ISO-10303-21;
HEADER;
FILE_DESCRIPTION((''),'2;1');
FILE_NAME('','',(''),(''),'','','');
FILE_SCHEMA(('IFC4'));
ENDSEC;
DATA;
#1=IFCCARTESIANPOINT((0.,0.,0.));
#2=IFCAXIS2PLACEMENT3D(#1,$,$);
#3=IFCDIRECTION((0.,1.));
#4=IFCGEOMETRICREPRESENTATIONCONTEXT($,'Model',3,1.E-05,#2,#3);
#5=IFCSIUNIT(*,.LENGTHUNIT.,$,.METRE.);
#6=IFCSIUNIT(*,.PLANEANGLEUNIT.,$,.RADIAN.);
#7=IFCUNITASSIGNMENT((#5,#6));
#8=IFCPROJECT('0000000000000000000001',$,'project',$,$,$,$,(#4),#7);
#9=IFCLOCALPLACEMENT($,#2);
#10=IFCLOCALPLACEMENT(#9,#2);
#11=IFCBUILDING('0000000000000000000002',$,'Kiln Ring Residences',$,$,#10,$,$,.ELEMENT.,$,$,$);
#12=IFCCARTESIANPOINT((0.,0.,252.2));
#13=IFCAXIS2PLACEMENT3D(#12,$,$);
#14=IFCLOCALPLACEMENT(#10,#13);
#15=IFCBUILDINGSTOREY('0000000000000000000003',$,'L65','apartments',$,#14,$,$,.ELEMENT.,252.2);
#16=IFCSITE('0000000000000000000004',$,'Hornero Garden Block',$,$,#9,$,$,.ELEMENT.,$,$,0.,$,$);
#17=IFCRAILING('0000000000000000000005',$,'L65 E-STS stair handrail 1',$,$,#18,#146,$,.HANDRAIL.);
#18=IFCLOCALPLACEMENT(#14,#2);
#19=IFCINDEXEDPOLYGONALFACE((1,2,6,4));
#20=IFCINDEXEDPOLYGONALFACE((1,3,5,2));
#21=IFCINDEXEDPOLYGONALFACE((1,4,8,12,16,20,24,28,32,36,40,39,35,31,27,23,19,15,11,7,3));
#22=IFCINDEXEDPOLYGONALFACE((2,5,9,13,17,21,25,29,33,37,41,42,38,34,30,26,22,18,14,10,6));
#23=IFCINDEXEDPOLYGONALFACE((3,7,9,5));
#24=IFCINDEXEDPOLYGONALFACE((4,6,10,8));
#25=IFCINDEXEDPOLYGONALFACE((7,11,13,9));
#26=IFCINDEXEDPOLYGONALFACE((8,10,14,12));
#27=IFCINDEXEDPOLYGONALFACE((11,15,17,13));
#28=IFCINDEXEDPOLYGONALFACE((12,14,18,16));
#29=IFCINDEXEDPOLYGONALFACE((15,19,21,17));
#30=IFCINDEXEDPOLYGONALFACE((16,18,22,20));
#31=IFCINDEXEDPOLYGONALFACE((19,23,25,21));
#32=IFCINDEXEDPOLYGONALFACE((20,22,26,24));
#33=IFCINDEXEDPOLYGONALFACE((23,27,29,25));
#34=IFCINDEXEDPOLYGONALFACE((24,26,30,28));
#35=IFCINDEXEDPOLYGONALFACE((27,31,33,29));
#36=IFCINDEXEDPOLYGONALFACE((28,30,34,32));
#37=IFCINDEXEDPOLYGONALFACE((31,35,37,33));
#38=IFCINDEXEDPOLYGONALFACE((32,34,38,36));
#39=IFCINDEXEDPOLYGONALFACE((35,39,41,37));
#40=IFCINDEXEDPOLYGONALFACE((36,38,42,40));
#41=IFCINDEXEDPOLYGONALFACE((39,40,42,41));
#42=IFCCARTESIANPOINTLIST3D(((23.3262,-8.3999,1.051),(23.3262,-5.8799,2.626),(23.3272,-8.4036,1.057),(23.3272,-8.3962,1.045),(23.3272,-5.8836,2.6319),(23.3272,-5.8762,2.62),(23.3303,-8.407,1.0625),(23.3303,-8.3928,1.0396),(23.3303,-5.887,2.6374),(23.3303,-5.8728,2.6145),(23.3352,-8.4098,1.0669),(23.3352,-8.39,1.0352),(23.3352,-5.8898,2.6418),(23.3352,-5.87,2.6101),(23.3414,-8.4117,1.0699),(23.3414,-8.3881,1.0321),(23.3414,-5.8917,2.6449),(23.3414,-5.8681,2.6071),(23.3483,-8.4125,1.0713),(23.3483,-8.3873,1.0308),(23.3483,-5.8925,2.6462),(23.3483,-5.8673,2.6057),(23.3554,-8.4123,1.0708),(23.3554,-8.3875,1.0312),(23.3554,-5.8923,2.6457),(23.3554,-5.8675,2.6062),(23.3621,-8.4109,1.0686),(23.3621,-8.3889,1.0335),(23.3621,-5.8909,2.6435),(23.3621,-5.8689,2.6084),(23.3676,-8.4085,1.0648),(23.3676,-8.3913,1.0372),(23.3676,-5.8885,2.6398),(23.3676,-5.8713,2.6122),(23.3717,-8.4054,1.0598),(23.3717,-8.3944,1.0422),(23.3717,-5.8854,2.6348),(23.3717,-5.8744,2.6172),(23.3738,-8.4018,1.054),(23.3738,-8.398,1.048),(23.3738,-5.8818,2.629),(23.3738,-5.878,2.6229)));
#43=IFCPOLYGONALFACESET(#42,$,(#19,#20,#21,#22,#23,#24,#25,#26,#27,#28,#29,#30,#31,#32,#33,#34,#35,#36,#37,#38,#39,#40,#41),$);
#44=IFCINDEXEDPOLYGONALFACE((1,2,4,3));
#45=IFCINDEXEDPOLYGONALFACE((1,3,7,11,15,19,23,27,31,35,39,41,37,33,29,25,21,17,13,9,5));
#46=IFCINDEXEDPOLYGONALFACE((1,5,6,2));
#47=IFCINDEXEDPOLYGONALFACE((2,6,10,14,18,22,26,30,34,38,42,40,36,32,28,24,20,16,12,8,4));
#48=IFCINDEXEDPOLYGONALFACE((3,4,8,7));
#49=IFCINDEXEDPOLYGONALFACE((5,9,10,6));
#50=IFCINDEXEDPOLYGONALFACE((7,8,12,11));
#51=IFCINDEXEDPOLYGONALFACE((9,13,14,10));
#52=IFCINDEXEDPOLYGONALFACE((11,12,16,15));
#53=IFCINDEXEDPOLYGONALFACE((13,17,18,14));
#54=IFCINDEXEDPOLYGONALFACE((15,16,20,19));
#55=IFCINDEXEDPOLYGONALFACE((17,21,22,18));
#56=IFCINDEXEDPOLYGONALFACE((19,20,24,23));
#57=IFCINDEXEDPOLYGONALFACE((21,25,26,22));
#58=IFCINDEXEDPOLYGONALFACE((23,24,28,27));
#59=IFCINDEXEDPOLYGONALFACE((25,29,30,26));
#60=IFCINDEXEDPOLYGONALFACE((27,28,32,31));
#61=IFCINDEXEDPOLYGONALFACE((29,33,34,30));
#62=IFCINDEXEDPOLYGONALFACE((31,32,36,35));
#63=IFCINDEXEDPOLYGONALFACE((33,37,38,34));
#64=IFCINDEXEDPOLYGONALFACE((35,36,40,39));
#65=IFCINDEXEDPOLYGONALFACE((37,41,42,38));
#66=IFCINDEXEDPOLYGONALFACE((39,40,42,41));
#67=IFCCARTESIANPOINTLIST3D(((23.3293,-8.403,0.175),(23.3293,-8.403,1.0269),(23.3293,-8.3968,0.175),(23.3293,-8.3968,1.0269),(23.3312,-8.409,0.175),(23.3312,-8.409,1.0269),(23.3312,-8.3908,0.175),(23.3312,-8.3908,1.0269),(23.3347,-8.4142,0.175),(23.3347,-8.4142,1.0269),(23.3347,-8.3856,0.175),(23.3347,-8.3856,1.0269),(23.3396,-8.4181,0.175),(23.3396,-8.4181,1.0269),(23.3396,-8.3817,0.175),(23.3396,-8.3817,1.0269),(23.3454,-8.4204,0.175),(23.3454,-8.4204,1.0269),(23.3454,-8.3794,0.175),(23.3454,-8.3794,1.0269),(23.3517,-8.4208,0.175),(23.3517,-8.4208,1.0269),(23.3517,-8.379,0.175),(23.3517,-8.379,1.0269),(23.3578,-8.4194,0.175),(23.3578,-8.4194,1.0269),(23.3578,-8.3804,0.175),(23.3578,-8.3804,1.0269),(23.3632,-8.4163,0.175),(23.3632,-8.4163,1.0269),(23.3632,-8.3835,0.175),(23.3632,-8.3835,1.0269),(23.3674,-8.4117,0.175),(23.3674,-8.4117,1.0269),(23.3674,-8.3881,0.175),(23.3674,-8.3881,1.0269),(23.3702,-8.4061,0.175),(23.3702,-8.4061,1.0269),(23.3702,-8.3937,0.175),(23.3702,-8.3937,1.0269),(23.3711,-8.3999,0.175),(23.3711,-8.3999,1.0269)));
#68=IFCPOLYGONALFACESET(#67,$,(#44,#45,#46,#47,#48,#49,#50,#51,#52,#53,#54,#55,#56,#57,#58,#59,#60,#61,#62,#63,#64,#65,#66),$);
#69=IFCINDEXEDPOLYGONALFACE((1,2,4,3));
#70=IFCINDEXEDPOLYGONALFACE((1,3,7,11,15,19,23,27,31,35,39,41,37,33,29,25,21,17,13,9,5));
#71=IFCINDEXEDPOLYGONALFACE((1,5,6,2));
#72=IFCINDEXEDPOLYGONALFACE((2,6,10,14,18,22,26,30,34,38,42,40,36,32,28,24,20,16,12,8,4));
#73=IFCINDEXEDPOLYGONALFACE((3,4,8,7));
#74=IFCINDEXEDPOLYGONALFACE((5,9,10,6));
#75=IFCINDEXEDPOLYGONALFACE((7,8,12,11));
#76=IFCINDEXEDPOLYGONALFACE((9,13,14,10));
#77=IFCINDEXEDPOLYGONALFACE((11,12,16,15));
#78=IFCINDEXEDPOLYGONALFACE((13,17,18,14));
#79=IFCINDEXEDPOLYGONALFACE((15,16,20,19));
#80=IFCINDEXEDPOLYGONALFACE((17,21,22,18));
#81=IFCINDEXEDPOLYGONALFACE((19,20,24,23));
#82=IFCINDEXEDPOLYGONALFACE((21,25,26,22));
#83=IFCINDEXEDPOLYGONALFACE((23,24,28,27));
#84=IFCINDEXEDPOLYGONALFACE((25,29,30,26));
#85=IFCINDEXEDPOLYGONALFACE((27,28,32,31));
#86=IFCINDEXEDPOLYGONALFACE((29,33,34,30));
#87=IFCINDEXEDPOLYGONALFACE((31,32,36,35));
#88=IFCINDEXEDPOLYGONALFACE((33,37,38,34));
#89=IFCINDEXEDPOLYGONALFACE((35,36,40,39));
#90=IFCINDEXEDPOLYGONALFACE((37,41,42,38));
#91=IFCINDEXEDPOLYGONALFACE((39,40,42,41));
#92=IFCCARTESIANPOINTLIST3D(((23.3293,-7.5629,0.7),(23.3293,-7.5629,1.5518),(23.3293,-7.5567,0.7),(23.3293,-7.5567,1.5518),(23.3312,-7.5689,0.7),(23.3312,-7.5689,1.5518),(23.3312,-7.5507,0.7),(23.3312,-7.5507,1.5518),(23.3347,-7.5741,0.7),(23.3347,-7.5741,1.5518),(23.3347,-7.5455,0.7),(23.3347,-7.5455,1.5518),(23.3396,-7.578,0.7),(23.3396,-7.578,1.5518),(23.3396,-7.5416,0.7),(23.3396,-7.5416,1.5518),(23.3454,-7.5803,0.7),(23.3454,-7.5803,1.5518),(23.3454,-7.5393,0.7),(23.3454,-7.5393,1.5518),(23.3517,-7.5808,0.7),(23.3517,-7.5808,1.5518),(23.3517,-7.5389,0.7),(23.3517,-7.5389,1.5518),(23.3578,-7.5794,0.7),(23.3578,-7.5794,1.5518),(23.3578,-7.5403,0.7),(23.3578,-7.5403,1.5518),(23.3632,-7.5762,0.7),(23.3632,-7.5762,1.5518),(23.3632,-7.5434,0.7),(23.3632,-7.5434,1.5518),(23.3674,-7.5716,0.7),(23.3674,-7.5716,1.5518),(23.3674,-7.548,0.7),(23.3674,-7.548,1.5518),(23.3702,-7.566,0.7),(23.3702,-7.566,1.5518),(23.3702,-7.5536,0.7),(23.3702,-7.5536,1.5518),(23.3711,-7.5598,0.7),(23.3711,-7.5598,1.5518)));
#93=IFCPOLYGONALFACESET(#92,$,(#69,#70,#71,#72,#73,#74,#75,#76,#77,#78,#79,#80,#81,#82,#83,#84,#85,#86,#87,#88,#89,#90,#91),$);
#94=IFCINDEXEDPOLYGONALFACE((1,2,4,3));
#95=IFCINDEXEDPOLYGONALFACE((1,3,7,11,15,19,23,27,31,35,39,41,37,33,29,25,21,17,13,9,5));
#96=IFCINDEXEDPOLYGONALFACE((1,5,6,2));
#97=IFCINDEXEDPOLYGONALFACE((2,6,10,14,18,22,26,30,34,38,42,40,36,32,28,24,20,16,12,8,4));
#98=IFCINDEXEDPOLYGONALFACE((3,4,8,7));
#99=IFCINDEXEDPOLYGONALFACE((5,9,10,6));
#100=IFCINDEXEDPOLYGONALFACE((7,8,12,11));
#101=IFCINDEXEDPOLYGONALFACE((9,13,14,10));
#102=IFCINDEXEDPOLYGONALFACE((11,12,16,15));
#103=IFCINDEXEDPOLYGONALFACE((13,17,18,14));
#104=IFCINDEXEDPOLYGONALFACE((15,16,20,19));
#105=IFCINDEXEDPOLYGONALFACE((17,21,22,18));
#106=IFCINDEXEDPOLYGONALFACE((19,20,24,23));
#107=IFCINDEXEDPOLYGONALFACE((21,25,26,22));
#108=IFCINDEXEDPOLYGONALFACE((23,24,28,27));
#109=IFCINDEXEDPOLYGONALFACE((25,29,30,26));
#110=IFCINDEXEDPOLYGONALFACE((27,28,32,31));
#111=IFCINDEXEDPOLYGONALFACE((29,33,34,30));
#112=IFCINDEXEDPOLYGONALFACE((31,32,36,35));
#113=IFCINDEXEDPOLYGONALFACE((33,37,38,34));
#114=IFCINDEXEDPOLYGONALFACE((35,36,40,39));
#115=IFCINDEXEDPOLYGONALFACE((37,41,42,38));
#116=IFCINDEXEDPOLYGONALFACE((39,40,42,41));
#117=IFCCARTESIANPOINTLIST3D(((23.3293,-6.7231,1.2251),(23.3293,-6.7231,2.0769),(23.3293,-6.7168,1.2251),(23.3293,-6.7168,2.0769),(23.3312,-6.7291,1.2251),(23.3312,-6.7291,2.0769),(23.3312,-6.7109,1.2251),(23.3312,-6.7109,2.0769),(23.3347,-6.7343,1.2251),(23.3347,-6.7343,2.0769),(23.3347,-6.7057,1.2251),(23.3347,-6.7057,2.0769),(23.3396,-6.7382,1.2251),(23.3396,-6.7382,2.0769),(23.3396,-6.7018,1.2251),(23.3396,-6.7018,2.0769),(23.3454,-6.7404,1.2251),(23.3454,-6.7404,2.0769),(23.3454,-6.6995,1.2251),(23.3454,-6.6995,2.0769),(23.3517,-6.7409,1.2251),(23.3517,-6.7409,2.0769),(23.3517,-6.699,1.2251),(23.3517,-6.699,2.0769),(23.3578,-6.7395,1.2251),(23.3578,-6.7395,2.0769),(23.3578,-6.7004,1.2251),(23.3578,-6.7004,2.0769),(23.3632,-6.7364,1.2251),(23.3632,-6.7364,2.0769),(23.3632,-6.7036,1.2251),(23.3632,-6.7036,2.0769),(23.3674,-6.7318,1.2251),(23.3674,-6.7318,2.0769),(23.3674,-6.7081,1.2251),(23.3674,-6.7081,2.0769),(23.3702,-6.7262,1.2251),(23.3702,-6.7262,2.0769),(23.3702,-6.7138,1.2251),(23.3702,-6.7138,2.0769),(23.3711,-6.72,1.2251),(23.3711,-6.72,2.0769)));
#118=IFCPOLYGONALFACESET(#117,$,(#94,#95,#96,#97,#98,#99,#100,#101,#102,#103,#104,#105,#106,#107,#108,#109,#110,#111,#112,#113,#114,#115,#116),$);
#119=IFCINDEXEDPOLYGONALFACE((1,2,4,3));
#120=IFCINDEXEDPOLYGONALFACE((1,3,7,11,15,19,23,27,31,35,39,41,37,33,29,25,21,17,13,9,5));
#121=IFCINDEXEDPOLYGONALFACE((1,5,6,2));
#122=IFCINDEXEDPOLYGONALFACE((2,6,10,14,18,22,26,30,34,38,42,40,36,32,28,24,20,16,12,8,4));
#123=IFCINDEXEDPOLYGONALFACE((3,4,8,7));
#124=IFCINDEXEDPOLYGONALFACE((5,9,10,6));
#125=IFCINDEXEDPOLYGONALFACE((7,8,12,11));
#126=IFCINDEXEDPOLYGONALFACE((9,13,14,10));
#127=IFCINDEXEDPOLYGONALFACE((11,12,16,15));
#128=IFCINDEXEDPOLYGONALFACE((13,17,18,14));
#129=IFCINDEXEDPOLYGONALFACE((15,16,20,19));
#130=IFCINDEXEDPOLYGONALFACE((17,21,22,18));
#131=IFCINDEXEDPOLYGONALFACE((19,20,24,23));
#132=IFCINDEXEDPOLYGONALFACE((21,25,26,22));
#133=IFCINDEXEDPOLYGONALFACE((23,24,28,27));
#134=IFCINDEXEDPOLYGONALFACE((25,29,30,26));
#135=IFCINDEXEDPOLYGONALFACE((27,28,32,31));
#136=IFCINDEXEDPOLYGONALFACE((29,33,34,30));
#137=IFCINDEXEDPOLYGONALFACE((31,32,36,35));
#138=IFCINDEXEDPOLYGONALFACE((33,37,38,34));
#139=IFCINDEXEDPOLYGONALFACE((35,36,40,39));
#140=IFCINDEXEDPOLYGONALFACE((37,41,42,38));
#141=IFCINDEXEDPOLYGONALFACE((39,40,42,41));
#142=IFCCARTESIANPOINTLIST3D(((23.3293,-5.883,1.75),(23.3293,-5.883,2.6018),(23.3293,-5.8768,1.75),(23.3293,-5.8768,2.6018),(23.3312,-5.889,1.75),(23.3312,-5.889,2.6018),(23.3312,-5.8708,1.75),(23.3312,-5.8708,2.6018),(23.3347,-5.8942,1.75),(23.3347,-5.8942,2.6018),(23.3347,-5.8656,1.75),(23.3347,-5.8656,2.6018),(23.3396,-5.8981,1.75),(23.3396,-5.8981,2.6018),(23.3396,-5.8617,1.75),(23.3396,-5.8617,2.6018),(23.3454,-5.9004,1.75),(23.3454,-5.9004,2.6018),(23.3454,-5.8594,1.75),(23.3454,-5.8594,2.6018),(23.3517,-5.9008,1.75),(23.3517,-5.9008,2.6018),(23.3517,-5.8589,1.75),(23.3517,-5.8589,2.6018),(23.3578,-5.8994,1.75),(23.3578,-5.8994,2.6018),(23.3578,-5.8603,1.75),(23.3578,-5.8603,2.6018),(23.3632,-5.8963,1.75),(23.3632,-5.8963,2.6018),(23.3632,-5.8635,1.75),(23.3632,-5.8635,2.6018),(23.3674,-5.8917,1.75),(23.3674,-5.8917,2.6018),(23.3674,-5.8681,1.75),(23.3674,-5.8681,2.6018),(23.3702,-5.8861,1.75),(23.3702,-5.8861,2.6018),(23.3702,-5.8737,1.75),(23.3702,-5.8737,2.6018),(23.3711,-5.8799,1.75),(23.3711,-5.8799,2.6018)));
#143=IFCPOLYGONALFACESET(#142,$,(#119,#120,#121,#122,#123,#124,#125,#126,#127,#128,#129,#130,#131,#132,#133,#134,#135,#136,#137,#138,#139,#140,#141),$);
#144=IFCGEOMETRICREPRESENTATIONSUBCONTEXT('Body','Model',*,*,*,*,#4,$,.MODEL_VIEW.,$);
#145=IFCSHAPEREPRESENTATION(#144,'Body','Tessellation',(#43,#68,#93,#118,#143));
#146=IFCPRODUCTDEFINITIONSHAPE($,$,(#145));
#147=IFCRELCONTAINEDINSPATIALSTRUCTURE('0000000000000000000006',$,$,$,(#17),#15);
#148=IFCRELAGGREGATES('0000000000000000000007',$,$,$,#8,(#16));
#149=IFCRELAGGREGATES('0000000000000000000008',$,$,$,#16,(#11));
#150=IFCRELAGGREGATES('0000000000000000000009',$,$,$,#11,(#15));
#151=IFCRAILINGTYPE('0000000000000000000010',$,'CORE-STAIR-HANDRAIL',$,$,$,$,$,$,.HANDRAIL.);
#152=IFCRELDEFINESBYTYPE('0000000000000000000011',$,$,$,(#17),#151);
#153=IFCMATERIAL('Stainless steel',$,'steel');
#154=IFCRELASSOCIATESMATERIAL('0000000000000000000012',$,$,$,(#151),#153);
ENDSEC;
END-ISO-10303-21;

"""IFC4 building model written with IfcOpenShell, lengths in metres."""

from ifc_helpers import new_model, si_unit, direction, frame, origin, origin_2d, place, context, subcontext, project, spatial, circle, extrude, material, type_object, element, save


model = new_model("IFC4")

# Units and contexts
model_context = context("Model", 3, precision=1e-05, world=origin(), true_north=direction((0.0, 1.0)))
body_context = subcontext(model_context, "Body", "Model", "MODEL_VIEW")
ifc_project = project(units=[si_unit("LENGTHUNIT", "METRE"), si_unit("PLANEANGLEUNIT", "RADIAN")], contexts=[model_context])

# Site, building, storey
site_placement = place(None, origin())
site = spatial("IfcSite", under=ifc_project, at=site_placement, Name="Hornero Garden Block", CompositionType="ELEMENT", RefElevation=0.0)
building_placement = place(site_placement, origin())
building = spatial("IfcBuilding", under=site, at=building_placement, Name="Kiln Ring Residences", CompositionType="ELEMENT")
storey_placement = place(building_placement, frame((0.0, 0.0, 252.2)))
storey = spatial("IfcBuildingStorey", under=building, at=storey_placement, Name="L65", Description="apartments", CompositionType="ELEMENT", Elevation=252.2)

# Railing
ifc_material_1 = material(Name="Stainless steel", Category="steel")
railing_type_1 = type_object("IfcRailingType", Name="CORE-STAIR-HANDRAIL", PredefinedType="HANDRAIL", material=ifc_material_1)
railing_1_placement = place(storey_placement, frame((23.3501, -8.3999, 0.175)))
element("IfcRailing", 1, at=railing_1_placement, inside=storey, type_object=railing_type_1, Name="L65 E-STS stair handrail 1", PredefinedType="HANDRAIL", context=body_context, shape_type="SweptSolid", body=[
    extrude(circle(Radius=0.0239, at=origin_2d()), frame((0.0, 0.0, 0.876), z_axis=(0.0, 0.848008, 0.529984), x_axis=(-1.0, 0.0, 0.0)), (0.0, 0.0, 1.0), 2.9717),
    extrude(circle(Radius=0.021, at=origin_2d()), origin(), (0.0, 0.0, 1.0), 0.8518),
    extrude(circle(Radius=0.021, at=origin_2d()), frame((0.0, 0.8401, 0.5249)), (0.0, 0.0, 1.0), 0.8518),
    extrude(circle(Radius=0.021, at=origin_2d()), frame((0.0, 1.6799, 1.05)), (0.0, 0.0, 1.0), 0.8518),
    extrude(circle(Radius=0.021, at=origin_2d()), frame((0.0, 2.52, 1.575)), (0.0, 0.0, 1.0), 0.8518),
])

save(model, "model.ifc")
